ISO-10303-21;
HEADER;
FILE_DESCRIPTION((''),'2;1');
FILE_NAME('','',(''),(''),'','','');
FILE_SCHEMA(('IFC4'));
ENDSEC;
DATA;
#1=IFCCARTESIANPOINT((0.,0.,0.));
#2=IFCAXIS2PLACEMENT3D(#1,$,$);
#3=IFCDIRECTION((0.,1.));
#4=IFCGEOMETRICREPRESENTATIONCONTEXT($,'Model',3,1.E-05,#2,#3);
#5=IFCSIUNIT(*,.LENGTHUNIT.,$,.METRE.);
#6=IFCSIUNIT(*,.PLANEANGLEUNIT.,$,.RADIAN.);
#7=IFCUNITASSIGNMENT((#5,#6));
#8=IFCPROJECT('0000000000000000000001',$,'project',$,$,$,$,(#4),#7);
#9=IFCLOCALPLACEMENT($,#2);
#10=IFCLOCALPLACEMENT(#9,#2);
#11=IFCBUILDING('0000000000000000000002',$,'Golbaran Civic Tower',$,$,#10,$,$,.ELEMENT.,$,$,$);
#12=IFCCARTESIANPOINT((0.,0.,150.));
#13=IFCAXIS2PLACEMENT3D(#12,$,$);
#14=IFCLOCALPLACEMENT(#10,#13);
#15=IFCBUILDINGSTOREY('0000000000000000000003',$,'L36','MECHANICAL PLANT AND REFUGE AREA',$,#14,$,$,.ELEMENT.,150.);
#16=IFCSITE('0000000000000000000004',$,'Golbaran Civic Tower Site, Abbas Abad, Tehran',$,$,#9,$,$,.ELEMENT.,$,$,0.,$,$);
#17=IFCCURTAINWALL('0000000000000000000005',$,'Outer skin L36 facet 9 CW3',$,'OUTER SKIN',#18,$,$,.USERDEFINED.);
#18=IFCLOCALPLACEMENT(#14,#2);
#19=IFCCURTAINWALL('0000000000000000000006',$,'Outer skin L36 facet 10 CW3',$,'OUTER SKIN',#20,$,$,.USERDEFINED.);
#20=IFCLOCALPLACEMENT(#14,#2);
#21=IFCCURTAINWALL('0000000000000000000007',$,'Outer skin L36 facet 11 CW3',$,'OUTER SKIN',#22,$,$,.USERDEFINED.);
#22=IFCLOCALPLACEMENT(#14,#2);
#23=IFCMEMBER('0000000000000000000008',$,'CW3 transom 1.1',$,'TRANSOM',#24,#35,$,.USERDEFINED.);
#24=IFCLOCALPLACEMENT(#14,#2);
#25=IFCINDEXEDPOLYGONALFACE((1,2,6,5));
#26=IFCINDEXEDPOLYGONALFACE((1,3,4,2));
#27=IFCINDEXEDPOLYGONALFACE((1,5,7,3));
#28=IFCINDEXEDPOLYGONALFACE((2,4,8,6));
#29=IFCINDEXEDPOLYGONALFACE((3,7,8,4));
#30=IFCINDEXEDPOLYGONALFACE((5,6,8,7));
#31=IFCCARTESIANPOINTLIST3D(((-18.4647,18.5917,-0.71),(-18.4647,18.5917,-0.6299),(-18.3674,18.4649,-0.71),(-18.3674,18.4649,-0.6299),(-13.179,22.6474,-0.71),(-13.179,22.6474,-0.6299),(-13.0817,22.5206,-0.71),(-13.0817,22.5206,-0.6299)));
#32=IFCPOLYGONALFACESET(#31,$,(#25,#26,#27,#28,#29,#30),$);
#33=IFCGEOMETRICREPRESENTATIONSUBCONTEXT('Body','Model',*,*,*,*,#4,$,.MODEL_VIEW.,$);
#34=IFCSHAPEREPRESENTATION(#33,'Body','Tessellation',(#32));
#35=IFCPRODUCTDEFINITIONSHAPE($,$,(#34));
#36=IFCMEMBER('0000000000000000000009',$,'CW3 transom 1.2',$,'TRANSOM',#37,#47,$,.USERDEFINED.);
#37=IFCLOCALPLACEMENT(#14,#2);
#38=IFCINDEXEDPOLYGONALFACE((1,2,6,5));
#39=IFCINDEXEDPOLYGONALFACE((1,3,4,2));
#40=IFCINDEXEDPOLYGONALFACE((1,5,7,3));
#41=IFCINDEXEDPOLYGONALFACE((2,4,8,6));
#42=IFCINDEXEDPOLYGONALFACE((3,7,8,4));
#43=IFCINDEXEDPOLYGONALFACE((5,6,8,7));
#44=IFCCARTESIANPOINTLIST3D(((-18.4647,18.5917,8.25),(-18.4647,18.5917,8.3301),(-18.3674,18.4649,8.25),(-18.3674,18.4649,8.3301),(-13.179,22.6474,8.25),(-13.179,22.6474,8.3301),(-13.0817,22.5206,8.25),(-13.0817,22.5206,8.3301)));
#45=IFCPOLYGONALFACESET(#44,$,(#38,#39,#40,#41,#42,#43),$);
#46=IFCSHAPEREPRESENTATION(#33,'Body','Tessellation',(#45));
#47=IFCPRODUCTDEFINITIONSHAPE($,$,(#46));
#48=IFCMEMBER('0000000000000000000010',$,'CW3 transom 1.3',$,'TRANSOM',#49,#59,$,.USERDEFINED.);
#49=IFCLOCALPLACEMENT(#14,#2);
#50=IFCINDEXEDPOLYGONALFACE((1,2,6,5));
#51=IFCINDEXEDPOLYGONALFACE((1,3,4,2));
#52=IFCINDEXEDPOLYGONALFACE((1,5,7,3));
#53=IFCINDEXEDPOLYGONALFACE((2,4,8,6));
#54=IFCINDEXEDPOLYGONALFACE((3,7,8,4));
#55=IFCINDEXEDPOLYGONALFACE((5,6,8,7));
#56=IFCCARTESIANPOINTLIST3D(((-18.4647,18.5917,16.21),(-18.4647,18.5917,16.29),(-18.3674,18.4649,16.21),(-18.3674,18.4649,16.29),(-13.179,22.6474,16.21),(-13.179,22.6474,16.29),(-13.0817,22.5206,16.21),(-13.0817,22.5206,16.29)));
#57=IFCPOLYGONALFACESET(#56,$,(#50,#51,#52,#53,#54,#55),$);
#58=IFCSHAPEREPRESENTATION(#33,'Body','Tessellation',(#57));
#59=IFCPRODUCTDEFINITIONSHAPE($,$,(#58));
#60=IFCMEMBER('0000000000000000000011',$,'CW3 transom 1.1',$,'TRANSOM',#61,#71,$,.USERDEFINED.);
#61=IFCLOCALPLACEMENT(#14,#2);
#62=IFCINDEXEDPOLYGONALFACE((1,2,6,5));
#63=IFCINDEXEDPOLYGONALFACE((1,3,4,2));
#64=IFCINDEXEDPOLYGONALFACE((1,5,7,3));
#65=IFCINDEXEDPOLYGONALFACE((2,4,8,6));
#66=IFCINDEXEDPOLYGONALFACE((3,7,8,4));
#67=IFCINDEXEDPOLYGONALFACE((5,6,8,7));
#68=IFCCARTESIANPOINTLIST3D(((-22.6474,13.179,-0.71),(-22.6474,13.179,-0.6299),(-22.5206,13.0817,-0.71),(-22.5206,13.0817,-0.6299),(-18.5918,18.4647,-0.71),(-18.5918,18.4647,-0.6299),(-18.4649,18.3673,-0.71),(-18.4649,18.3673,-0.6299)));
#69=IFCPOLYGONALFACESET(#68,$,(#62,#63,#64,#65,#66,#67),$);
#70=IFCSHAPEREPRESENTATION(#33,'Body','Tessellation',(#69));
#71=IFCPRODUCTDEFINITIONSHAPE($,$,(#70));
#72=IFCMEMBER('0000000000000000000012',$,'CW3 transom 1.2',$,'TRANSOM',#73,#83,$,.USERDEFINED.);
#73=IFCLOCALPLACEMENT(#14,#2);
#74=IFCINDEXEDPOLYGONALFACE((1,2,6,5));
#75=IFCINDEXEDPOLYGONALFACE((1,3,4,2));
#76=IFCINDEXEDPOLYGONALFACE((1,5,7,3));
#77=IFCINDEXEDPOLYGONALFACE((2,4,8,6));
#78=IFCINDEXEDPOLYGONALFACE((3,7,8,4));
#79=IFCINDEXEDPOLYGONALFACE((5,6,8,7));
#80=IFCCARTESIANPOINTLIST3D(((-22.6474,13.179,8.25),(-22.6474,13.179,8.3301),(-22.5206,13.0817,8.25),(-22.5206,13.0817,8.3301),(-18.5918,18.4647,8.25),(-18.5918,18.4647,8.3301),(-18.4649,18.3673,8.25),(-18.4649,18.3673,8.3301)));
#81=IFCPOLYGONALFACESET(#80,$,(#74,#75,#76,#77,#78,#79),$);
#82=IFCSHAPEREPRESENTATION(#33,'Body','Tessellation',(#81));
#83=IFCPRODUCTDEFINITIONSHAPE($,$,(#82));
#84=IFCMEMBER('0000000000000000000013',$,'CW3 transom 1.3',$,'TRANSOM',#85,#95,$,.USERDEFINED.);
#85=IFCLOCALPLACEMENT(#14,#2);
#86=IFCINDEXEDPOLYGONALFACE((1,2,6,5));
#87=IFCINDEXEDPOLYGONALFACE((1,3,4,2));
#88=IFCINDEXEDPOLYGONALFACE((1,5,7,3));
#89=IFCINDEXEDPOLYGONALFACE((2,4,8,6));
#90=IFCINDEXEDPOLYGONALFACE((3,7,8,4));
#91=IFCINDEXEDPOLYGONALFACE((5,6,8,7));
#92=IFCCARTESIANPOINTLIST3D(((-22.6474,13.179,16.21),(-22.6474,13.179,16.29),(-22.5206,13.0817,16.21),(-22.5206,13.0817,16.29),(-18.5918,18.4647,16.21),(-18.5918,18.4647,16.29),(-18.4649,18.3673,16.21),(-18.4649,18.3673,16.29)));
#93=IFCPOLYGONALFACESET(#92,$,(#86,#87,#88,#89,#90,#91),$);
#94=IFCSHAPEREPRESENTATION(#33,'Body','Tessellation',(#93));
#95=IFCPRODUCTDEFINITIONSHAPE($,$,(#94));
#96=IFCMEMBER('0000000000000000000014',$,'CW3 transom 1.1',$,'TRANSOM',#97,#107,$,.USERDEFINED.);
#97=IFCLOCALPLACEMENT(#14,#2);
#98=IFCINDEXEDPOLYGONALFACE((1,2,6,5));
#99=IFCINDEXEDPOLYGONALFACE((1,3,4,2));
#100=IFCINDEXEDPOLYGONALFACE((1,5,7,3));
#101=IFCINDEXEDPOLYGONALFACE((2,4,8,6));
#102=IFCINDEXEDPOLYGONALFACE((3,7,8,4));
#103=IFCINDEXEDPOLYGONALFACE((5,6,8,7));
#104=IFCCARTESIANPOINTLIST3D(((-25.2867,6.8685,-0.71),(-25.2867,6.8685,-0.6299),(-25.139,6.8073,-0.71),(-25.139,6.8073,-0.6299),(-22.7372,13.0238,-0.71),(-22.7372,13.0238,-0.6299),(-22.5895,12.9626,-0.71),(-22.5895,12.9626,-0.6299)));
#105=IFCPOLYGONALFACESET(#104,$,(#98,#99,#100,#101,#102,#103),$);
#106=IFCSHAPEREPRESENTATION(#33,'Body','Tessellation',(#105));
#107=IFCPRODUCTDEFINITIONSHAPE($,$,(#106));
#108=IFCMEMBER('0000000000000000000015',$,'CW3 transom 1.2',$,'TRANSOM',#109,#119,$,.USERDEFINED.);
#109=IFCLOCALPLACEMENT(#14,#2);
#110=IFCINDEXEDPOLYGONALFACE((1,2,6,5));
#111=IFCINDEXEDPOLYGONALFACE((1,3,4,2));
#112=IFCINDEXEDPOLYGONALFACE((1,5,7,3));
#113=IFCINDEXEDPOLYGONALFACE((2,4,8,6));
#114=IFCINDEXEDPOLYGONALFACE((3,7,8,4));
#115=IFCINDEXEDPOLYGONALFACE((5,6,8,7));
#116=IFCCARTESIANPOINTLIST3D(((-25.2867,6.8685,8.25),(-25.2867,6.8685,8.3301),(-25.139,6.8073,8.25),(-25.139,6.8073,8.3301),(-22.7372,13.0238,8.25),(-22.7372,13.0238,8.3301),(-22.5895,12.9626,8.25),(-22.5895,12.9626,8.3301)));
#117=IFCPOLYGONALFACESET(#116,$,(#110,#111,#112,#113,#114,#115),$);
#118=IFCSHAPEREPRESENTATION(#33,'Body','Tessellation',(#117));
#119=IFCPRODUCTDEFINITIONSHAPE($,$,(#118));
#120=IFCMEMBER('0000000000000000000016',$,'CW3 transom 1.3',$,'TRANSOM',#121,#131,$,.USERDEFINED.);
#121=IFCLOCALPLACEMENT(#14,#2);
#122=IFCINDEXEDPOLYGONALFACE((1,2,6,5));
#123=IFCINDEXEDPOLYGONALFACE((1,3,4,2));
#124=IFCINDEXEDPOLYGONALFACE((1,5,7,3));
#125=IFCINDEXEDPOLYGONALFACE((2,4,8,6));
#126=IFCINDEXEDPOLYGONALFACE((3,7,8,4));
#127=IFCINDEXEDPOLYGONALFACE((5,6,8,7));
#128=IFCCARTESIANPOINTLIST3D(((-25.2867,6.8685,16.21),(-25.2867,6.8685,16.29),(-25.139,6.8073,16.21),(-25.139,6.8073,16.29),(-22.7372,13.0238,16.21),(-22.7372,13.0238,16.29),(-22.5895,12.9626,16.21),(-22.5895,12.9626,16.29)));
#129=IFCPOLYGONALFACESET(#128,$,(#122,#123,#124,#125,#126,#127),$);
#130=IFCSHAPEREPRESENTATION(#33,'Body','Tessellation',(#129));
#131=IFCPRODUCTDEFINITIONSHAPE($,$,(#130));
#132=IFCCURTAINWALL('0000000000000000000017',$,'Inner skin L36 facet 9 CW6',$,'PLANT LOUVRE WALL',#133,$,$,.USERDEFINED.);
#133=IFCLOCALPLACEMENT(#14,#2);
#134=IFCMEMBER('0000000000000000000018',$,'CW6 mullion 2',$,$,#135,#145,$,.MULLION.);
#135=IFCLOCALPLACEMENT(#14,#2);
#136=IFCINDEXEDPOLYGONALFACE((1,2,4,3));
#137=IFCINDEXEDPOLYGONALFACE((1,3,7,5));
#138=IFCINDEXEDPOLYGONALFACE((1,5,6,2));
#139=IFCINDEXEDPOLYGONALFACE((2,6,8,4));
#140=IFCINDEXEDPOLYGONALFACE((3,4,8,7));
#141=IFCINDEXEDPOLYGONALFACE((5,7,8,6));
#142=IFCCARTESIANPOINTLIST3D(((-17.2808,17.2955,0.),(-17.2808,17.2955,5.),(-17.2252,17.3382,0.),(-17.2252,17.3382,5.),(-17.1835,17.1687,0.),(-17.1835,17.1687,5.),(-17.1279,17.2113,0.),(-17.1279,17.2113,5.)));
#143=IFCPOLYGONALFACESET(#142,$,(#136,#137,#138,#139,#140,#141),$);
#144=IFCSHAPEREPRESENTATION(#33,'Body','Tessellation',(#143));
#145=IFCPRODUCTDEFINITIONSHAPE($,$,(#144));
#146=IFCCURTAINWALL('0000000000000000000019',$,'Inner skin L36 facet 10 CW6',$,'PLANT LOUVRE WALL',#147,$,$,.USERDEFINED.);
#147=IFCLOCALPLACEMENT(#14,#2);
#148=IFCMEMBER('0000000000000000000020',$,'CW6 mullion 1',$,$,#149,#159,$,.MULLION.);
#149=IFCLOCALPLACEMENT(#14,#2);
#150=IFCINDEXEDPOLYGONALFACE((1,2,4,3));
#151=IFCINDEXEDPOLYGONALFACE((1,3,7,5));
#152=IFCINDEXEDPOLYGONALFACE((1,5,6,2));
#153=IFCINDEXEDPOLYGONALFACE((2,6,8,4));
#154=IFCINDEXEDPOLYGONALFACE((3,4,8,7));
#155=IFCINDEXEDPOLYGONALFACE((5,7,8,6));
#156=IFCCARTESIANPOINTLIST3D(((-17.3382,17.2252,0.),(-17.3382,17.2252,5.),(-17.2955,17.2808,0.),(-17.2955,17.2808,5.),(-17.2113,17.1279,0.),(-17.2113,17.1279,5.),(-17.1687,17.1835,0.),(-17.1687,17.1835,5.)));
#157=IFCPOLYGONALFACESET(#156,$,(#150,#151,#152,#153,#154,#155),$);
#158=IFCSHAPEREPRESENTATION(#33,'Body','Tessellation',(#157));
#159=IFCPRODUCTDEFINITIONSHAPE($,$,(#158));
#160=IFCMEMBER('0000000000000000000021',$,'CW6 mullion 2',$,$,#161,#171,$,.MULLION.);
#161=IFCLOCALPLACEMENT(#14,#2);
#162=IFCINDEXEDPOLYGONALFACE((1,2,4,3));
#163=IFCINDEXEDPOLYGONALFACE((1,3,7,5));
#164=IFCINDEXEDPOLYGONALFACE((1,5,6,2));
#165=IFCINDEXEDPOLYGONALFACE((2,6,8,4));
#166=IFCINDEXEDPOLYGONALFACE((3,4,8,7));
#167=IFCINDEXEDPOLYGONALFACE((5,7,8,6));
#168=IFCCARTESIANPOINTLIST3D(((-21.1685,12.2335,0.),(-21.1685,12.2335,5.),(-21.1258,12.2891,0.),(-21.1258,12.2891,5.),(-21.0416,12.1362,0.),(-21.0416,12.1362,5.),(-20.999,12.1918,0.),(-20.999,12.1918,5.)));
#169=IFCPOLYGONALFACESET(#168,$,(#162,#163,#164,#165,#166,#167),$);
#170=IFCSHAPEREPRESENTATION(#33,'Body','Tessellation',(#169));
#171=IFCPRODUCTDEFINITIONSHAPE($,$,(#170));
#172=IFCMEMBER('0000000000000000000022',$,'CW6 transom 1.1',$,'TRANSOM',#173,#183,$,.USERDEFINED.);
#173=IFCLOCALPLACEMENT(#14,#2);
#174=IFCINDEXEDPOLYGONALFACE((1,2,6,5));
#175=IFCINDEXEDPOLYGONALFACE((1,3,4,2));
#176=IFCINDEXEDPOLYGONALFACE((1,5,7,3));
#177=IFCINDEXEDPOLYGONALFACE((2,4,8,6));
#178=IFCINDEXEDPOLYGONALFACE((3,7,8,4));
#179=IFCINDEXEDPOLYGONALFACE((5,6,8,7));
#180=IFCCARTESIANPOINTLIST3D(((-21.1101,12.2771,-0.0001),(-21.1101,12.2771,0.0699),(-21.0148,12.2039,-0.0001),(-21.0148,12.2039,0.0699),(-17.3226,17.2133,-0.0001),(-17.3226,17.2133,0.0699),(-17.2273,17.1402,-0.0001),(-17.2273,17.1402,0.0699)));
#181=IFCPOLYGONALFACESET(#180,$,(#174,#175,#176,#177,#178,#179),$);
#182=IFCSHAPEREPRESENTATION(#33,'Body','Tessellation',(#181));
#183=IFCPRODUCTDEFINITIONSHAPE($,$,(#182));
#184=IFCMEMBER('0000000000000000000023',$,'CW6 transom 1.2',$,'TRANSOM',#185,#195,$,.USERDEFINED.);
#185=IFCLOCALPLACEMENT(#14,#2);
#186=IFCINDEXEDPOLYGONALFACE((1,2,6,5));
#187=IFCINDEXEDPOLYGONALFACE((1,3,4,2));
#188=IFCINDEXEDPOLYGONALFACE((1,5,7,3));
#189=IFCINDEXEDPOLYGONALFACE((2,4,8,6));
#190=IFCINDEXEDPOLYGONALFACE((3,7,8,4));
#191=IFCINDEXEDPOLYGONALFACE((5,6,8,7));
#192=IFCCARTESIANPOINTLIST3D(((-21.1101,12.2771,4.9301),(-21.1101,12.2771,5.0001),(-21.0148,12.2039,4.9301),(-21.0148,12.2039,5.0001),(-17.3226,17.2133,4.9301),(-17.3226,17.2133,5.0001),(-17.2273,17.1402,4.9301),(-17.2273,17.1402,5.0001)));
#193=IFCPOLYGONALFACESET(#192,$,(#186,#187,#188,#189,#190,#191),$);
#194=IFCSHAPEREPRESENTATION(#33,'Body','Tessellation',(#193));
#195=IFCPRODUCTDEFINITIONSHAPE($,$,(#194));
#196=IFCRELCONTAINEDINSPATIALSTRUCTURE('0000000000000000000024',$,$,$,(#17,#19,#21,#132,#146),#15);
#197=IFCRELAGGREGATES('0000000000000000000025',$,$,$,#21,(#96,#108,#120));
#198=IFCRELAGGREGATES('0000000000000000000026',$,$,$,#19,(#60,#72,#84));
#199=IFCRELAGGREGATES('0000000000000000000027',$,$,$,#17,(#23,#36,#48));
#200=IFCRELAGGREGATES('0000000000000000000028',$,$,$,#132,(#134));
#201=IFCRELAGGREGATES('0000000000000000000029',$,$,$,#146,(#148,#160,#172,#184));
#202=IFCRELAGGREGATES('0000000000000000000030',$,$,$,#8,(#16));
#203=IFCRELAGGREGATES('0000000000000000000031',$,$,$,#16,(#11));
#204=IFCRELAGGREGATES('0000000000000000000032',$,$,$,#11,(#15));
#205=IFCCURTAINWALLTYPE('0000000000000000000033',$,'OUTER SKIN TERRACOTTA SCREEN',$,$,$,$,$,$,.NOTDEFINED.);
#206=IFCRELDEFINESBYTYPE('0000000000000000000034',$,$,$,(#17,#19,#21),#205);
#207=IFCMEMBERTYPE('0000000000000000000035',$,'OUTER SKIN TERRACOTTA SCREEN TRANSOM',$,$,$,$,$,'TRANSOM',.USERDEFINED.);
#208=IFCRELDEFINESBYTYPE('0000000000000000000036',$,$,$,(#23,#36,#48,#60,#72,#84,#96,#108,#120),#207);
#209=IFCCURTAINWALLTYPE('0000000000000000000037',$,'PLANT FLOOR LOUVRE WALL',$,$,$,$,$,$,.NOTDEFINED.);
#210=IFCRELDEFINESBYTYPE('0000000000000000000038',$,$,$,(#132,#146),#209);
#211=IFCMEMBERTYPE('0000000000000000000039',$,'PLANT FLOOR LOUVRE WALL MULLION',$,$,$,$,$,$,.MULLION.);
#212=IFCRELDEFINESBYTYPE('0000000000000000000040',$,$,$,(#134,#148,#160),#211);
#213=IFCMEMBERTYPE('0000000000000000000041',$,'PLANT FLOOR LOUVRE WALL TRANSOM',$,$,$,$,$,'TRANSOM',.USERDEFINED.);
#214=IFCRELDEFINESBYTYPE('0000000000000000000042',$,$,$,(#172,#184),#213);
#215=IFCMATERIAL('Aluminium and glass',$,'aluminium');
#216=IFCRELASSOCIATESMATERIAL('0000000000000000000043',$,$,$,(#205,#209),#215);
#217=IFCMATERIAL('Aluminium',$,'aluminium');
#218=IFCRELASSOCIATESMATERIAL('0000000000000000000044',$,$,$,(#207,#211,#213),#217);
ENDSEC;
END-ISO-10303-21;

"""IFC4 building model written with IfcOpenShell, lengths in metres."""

from ifc_helpers import new_model, si_unit, direction, frame, origin, origin_2d, place, context, subcontext, project, spatial, rectangle, extrude, material, material_profile, profile_set, type_object, element, aggregate, save


model = new_model("IFC4")

# Units and contexts
model_context = context("Model", 3, precision=1e-05, world=origin(), true_north=direction((0.0, 1.0)))
body_context = subcontext(model_context, "Body", "Model", "MODEL_VIEW")
ifc_project = project(units=[si_unit("LENGTHUNIT", "METRE"), si_unit("PLANEANGLEUNIT", "RADIAN")], contexts=[model_context])

# Site, building, storey
site_placement = place(None, origin())
site = spatial("IfcSite", under=ifc_project, at=site_placement, Name="Golbaran Civic Tower Site, Abbas Abad, Tehran", CompositionType="ELEMENT", RefElevation=0.0)
building_placement = place(site_placement, origin())
building = spatial("IfcBuilding", under=site, at=building_placement, Name="Golbaran Civic Tower", CompositionType="ELEMENT")
storey_placement = place(building_placement, frame((0.0, 0.0, 150.0)))
storey = spatial("IfcBuildingStorey", under=building, at=storey_placement, Name="L36", Description="MECHANICAL PLANT AND REFUGE AREA", CompositionType="ELEMENT", Elevation=150.0)

# Shared definitions
ifc_material_1 = material(Name="Aluminium and glass", Category="aluminium")
curtain_wall_type_1 = type_object("IfcCurtainWallType", Name="OUTER SKIN TERRACOTTA SCREEN", PredefinedType="NOTDEFINED", material=ifc_material_1)
ifc_material_2 = material(Name="Aluminium", Category="aluminium")

# Curtain walls
curtain_wall_1_placement = place(storey_placement, origin())
curtain_wall_1 = element("IfcCurtainWall", 1, at=curtain_wall_1_placement, inside=storey, type_object=curtain_wall_type_1, Name="Outer skin L36 facet 9 CW3", ObjectType="OUTER SKIN", PredefinedType="USERDEFINED")
curtain_wall_2_placement = place(storey_placement, origin())
curtain_wall_2 = element("IfcCurtainWall", 2, at=curtain_wall_2_placement, inside=storey, type_object=curtain_wall_type_1, Name="Outer skin L36 facet 10 CW3", ObjectType="OUTER SKIN", PredefinedType="USERDEFINED")

# Curtain wall
curtain_wall_3_placement = place(storey_placement, origin())
curtain_wall_3 = element("IfcCurtainWall", 3, at=curtain_wall_3_placement, inside=storey, type_object=curtain_wall_type_1, Name="Outer skin L36 facet 11 CW3", ObjectType="OUTER SKIN", PredefinedType="USERDEFINED")

# Members
ifc_material_profile_1 = material_profile(ifc_material_2, rectangle(XDim=0.1599, YDim=0.0801, at=origin_2d()), Name="OUTER SKIN TERRACOTTA SCREEN TRANSOM")
ifc_profile_set_1 = profile_set([ifc_material_profile_1], Name="Aluminium")
member_type_1 = type_object("IfcMemberType", Name="OUTER SKIN TERRACOTTA SCREEN TRANSOM", ElementType="TRANSOM", PredefinedType="USERDEFINED", material=ifc_profile_set_1)
member_1_placement = place(storey_placement, frame((-13.1304, 22.584, -0.6699), z_axis=(-0.793364, -0.608747, 0.0), x_axis=(0.608747, -0.793364, 0.0)))
member_1 = element("IfcMember", 4, at=member_1_placement, type_object=member_type_1, Name="CW3 transom 1.1", ObjectType="TRANSOM", PredefinedType="USERDEFINED", context=body_context, shape_type="SweptSolid", body=[
    extrude(rectangle(XDim=0.1599, YDim=0.0801, at=origin_2d()), origin(), (0.0, 0.0, 1.0), 6.6624),
])
member_2_placement = place(storey_placement, frame((-13.1304, 22.584, 8.29), z_axis=(-0.793364, -0.608747, 0.0), x_axis=(0.608747, -0.793364, 0.0)))
member_2 = element("IfcMember", 5, at=member_2_placement, type_object=member_type_1, Name="CW3 transom 1.2", ObjectType="TRANSOM", PredefinedType="USERDEFINED", context=body_context, shape_type="SweptSolid", body=[
    extrude(rectangle(XDim=0.1599, YDim=0.0801, at=origin_2d()), origin(), (0.0, 0.0, 1.0), 6.6624),
])
member_3_placement = place(storey_placement, frame((-13.1304, 22.584, 16.25), z_axis=(-0.793364, -0.608747, 0.0), x_axis=(0.608747, -0.793364, 0.0)))
member_3 = element("IfcMember", 6, at=member_3_placement, type_object=member_type_1, Name="CW3 transom 1.3", ObjectType="TRANSOM", PredefinedType="USERDEFINED", context=body_context, shape_type="SweptSolid", body=[
    extrude(rectangle(XDim=0.1599, YDim=0.0801, at=origin_2d()), origin(), (0.0, 0.0, 1.0), 6.6624),
])
member_4_placement = place(storey_placement, frame((-18.5283, 18.416, -0.6699), z_axis=(-0.608747, -0.793364, 0.0), x_axis=(0.793364, -0.608747, 0.0)))
member_4 = element("IfcMember", 7, at=member_4_placement, type_object=member_type_1, Name="CW3 transom 1.1", ObjectType="TRANSOM", PredefinedType="USERDEFINED", context=body_context, shape_type="SweptSolid", body=[
    extrude(rectangle(XDim=0.1599, YDim=0.0801, at=origin_2d()), origin(), (0.0, 0.0, 1.0), 6.6624),
])
member_5_placement = place(storey_placement, frame((-18.5283, 18.416, 8.29), z_axis=(-0.608747, -0.793364, 0.0), x_axis=(0.793364, -0.608747, 0.0)))
member_5 = element("IfcMember", 8, at=member_5_placement, type_object=member_type_1, Name="CW3 transom 1.2", ObjectType="TRANSOM", PredefinedType="USERDEFINED", context=body_context, shape_type="SweptSolid", body=[
    extrude(rectangle(XDim=0.1599, YDim=0.0801, at=origin_2d()), origin(), (0.0, 0.0, 1.0), 6.6624),
])
member_6_placement = place(storey_placement, frame((-18.5283, 18.416, 16.25), z_axis=(-0.608747, -0.793364, 0.0), x_axis=(0.793364, -0.608747, 0.0)))
member_6 = element("IfcMember", 9, at=member_6_placement, type_object=member_type_1, Name="CW3 transom 1.3", ObjectType="TRANSOM", PredefinedType="USERDEFINED", context=body_context, shape_type="SweptSolid", body=[
    extrude(rectangle(XDim=0.1599, YDim=0.0801, at=origin_2d()), origin(), (0.0, 0.0, 1.0), 6.6624),
])
member_7_placement = place(storey_placement, frame((-22.6633, 12.9932, -0.6699), z_axis=(-0.382679, -0.923882, 0.0), x_axis=(0.923882, -0.382679, 0.0)))
member_7 = element("IfcMember", 10, at=member_7_placement, type_object=member_type_1, Name="CW3 transom 1.1", ObjectType="TRANSOM", PredefinedType="USERDEFINED", context=body_context, shape_type="SweptSolid", body=[
    extrude(rectangle(XDim=0.1599, YDim=0.0801, at=origin_2d()), origin(), (0.0, 0.0, 1.0), 6.6624),
])
member_8_placement = place(storey_placement, frame((-22.6633, 12.9932, 8.29), z_axis=(-0.382679, -0.923882, 0.0), x_axis=(0.923882, -0.382679, 0.0)))
member_8 = element("IfcMember", 11, at=member_8_placement, type_object=member_type_1, Name="CW3 transom 1.2", ObjectType="TRANSOM", PredefinedType="USERDEFINED", context=body_context, shape_type="SweptSolid", body=[
    extrude(rectangle(XDim=0.1599, YDim=0.0801, at=origin_2d()), origin(), (0.0, 0.0, 1.0), 6.6624),
])
member_9_placement = place(storey_placement, frame((-22.6633, 12.9932, 16.25), z_axis=(-0.382679, -0.923882, 0.0), x_axis=(0.923882, -0.382679, 0.0)))
member_9 = element("IfcMember", 12, at=member_9_placement, type_object=member_type_1, Name="CW3 transom 1.3", ObjectType="TRANSOM", PredefinedType="USERDEFINED", context=body_context, shape_type="SweptSolid", body=[
    extrude(rectangle(XDim=0.1599, YDim=0.0801, at=origin_2d()), origin(), (0.0, 0.0, 1.0), 6.6624),
])
aggregate(curtain_wall_3, [member_7, member_8, member_9])

# Curtain wall, member
curtain_wall_type_2 = type_object("IfcCurtainWallType", Name="PLANT FLOOR LOUVRE WALL", PredefinedType="NOTDEFINED", material=ifc_material_1)
curtain_wall_4_placement = place(storey_placement, origin())
curtain_wall_4 = element("IfcCurtainWall", 13, at=curtain_wall_4_placement, inside=storey, type_object=curtain_wall_type_2, Name="Inner skin L36 facet 9 CW6", ObjectType="PLANT LOUVRE WALL", PredefinedType="USERDEFINED")
ifc_material_profile_2 = material_profile(ifc_material_2, rectangle(XDim=0.1599, YDim=0.0701, at=origin_2d()), Name="PLANT FLOOR LOUVRE WALL MULLION")
ifc_profile_set_2 = profile_set([ifc_material_profile_2], Name="Aluminium")
member_type_2 = type_object("IfcMemberType", Name="PLANT FLOOR LOUVRE WALL MULLION", PredefinedType="MULLION", material=ifc_profile_set_2)
member_10_placement = place(storey_placement, frame((-17.2043, 17.2534, 0.0), z_axis=(0.0, 0.0, 1.0), x_axis=(0.608761, -0.793353, 0.0)))
member_10 = element("IfcMember", 14, at=member_10_placement, type_object=member_type_2, Name="CW6 mullion 2", PredefinedType="MULLION", context=body_context, shape_type="SweptSolid", body=[
    extrude(rectangle(XDim=0.1599, YDim=0.0701, at=origin_2d()), origin(), (0.0, 0.0, 1.0), 5.0),
])

# Curtain wall, members
curtain_wall_5_placement = place(storey_placement, origin())
curtain_wall_5 = element("IfcCurtainWall", 15, at=curtain_wall_5_placement, inside=storey, type_object=curtain_wall_type_2, Name="Inner skin L36 facet 10 CW6", ObjectType="PLANT LOUVRE WALL", PredefinedType="USERDEFINED")
member_11_placement = place(storey_placement, frame((-17.2534, 17.2043, 0.0), z_axis=(0.0, 0.0, 1.0), x_axis=(0.793353, -0.608761, 0.0)))
member_11 = element("IfcMember", 16, at=member_11_placement, type_object=member_type_2, Name="CW6 mullion 1", PredefinedType="MULLION", context=body_context, shape_type="SweptSolid", body=[
    extrude(rectangle(XDim=0.1599, YDim=0.0701, at=origin_2d()), origin(), (0.0, 0.0, 1.0), 5.0),
])
member_12_placement = place(storey_placement, frame((-21.0837, 12.2126, 0.0), z_axis=(0.0, 0.0, 1.0), x_axis=(0.793353, -0.608761, 0.0)))
member_12 = element("IfcMember", 17, at=member_12_placement, type_object=member_type_2, Name="CW6 mullion 2", PredefinedType="MULLION", context=body_context, shape_type="SweptSolid", body=[
    extrude(rectangle(XDim=0.1599, YDim=0.0701, at=origin_2d()), origin(), (0.0, 0.0, 1.0), 5.0),
])
ifc_material_profile_3 = material_profile(ifc_material_2, rectangle(XDim=0.1201, YDim=0.0701, at=origin_2d()), Name="PLANT FLOOR LOUVRE WALL TRANSOM")
ifc_profile_set_3 = profile_set([ifc_material_profile_3], Name="Aluminium")
member_type_3 = type_object("IfcMemberType", Name="PLANT FLOOR LOUVRE WALL TRANSOM", ElementType="TRANSOM", PredefinedType="USERDEFINED", material=ifc_profile_set_3)
member_13_placement = place(storey_placement, frame((-17.2749, 17.1768, 0.0349), z_axis=(-0.608747, -0.793364, 0.0), x_axis=(0.793364, -0.608747, 0.0)))
member_13 = element("IfcMember", 18, at=member_13_placement, type_object=member_type_3, Name="CW6 transom 1.1", ObjectType="TRANSOM", PredefinedType="USERDEFINED", context=body_context, shape_type="SweptSolid", body=[
    extrude(rectangle(XDim=0.1201, YDim=0.0701, at=origin_2d()), origin(), (0.0, 0.0, 1.0), 6.2219),
])
member_14_placement = place(storey_placement, frame((-17.2749, 17.1768, 4.9651), z_axis=(-0.608747, -0.793364, 0.0), x_axis=(0.793364, -0.608747, 0.0)))
member_14 = element("IfcMember", 19, at=member_14_placement, type_object=member_type_3, Name="CW6 transom 1.2", ObjectType="TRANSOM", PredefinedType="USERDEFINED", context=body_context, shape_type="SweptSolid", body=[
    extrude(rectangle(XDim=0.1201, YDim=0.0701, at=origin_2d()), origin(), (0.0, 0.0, 1.0), 6.2219),
])

aggregate(curtain_wall_2, [member_4, member_5, member_6])
aggregate(curtain_wall_1, [member_1, member_2, member_3])
aggregate(curtain_wall_4, [member_10])
aggregate(curtain_wall_5, [member_11, member_12, member_13, member_14])

save(model, "model.ifc")
